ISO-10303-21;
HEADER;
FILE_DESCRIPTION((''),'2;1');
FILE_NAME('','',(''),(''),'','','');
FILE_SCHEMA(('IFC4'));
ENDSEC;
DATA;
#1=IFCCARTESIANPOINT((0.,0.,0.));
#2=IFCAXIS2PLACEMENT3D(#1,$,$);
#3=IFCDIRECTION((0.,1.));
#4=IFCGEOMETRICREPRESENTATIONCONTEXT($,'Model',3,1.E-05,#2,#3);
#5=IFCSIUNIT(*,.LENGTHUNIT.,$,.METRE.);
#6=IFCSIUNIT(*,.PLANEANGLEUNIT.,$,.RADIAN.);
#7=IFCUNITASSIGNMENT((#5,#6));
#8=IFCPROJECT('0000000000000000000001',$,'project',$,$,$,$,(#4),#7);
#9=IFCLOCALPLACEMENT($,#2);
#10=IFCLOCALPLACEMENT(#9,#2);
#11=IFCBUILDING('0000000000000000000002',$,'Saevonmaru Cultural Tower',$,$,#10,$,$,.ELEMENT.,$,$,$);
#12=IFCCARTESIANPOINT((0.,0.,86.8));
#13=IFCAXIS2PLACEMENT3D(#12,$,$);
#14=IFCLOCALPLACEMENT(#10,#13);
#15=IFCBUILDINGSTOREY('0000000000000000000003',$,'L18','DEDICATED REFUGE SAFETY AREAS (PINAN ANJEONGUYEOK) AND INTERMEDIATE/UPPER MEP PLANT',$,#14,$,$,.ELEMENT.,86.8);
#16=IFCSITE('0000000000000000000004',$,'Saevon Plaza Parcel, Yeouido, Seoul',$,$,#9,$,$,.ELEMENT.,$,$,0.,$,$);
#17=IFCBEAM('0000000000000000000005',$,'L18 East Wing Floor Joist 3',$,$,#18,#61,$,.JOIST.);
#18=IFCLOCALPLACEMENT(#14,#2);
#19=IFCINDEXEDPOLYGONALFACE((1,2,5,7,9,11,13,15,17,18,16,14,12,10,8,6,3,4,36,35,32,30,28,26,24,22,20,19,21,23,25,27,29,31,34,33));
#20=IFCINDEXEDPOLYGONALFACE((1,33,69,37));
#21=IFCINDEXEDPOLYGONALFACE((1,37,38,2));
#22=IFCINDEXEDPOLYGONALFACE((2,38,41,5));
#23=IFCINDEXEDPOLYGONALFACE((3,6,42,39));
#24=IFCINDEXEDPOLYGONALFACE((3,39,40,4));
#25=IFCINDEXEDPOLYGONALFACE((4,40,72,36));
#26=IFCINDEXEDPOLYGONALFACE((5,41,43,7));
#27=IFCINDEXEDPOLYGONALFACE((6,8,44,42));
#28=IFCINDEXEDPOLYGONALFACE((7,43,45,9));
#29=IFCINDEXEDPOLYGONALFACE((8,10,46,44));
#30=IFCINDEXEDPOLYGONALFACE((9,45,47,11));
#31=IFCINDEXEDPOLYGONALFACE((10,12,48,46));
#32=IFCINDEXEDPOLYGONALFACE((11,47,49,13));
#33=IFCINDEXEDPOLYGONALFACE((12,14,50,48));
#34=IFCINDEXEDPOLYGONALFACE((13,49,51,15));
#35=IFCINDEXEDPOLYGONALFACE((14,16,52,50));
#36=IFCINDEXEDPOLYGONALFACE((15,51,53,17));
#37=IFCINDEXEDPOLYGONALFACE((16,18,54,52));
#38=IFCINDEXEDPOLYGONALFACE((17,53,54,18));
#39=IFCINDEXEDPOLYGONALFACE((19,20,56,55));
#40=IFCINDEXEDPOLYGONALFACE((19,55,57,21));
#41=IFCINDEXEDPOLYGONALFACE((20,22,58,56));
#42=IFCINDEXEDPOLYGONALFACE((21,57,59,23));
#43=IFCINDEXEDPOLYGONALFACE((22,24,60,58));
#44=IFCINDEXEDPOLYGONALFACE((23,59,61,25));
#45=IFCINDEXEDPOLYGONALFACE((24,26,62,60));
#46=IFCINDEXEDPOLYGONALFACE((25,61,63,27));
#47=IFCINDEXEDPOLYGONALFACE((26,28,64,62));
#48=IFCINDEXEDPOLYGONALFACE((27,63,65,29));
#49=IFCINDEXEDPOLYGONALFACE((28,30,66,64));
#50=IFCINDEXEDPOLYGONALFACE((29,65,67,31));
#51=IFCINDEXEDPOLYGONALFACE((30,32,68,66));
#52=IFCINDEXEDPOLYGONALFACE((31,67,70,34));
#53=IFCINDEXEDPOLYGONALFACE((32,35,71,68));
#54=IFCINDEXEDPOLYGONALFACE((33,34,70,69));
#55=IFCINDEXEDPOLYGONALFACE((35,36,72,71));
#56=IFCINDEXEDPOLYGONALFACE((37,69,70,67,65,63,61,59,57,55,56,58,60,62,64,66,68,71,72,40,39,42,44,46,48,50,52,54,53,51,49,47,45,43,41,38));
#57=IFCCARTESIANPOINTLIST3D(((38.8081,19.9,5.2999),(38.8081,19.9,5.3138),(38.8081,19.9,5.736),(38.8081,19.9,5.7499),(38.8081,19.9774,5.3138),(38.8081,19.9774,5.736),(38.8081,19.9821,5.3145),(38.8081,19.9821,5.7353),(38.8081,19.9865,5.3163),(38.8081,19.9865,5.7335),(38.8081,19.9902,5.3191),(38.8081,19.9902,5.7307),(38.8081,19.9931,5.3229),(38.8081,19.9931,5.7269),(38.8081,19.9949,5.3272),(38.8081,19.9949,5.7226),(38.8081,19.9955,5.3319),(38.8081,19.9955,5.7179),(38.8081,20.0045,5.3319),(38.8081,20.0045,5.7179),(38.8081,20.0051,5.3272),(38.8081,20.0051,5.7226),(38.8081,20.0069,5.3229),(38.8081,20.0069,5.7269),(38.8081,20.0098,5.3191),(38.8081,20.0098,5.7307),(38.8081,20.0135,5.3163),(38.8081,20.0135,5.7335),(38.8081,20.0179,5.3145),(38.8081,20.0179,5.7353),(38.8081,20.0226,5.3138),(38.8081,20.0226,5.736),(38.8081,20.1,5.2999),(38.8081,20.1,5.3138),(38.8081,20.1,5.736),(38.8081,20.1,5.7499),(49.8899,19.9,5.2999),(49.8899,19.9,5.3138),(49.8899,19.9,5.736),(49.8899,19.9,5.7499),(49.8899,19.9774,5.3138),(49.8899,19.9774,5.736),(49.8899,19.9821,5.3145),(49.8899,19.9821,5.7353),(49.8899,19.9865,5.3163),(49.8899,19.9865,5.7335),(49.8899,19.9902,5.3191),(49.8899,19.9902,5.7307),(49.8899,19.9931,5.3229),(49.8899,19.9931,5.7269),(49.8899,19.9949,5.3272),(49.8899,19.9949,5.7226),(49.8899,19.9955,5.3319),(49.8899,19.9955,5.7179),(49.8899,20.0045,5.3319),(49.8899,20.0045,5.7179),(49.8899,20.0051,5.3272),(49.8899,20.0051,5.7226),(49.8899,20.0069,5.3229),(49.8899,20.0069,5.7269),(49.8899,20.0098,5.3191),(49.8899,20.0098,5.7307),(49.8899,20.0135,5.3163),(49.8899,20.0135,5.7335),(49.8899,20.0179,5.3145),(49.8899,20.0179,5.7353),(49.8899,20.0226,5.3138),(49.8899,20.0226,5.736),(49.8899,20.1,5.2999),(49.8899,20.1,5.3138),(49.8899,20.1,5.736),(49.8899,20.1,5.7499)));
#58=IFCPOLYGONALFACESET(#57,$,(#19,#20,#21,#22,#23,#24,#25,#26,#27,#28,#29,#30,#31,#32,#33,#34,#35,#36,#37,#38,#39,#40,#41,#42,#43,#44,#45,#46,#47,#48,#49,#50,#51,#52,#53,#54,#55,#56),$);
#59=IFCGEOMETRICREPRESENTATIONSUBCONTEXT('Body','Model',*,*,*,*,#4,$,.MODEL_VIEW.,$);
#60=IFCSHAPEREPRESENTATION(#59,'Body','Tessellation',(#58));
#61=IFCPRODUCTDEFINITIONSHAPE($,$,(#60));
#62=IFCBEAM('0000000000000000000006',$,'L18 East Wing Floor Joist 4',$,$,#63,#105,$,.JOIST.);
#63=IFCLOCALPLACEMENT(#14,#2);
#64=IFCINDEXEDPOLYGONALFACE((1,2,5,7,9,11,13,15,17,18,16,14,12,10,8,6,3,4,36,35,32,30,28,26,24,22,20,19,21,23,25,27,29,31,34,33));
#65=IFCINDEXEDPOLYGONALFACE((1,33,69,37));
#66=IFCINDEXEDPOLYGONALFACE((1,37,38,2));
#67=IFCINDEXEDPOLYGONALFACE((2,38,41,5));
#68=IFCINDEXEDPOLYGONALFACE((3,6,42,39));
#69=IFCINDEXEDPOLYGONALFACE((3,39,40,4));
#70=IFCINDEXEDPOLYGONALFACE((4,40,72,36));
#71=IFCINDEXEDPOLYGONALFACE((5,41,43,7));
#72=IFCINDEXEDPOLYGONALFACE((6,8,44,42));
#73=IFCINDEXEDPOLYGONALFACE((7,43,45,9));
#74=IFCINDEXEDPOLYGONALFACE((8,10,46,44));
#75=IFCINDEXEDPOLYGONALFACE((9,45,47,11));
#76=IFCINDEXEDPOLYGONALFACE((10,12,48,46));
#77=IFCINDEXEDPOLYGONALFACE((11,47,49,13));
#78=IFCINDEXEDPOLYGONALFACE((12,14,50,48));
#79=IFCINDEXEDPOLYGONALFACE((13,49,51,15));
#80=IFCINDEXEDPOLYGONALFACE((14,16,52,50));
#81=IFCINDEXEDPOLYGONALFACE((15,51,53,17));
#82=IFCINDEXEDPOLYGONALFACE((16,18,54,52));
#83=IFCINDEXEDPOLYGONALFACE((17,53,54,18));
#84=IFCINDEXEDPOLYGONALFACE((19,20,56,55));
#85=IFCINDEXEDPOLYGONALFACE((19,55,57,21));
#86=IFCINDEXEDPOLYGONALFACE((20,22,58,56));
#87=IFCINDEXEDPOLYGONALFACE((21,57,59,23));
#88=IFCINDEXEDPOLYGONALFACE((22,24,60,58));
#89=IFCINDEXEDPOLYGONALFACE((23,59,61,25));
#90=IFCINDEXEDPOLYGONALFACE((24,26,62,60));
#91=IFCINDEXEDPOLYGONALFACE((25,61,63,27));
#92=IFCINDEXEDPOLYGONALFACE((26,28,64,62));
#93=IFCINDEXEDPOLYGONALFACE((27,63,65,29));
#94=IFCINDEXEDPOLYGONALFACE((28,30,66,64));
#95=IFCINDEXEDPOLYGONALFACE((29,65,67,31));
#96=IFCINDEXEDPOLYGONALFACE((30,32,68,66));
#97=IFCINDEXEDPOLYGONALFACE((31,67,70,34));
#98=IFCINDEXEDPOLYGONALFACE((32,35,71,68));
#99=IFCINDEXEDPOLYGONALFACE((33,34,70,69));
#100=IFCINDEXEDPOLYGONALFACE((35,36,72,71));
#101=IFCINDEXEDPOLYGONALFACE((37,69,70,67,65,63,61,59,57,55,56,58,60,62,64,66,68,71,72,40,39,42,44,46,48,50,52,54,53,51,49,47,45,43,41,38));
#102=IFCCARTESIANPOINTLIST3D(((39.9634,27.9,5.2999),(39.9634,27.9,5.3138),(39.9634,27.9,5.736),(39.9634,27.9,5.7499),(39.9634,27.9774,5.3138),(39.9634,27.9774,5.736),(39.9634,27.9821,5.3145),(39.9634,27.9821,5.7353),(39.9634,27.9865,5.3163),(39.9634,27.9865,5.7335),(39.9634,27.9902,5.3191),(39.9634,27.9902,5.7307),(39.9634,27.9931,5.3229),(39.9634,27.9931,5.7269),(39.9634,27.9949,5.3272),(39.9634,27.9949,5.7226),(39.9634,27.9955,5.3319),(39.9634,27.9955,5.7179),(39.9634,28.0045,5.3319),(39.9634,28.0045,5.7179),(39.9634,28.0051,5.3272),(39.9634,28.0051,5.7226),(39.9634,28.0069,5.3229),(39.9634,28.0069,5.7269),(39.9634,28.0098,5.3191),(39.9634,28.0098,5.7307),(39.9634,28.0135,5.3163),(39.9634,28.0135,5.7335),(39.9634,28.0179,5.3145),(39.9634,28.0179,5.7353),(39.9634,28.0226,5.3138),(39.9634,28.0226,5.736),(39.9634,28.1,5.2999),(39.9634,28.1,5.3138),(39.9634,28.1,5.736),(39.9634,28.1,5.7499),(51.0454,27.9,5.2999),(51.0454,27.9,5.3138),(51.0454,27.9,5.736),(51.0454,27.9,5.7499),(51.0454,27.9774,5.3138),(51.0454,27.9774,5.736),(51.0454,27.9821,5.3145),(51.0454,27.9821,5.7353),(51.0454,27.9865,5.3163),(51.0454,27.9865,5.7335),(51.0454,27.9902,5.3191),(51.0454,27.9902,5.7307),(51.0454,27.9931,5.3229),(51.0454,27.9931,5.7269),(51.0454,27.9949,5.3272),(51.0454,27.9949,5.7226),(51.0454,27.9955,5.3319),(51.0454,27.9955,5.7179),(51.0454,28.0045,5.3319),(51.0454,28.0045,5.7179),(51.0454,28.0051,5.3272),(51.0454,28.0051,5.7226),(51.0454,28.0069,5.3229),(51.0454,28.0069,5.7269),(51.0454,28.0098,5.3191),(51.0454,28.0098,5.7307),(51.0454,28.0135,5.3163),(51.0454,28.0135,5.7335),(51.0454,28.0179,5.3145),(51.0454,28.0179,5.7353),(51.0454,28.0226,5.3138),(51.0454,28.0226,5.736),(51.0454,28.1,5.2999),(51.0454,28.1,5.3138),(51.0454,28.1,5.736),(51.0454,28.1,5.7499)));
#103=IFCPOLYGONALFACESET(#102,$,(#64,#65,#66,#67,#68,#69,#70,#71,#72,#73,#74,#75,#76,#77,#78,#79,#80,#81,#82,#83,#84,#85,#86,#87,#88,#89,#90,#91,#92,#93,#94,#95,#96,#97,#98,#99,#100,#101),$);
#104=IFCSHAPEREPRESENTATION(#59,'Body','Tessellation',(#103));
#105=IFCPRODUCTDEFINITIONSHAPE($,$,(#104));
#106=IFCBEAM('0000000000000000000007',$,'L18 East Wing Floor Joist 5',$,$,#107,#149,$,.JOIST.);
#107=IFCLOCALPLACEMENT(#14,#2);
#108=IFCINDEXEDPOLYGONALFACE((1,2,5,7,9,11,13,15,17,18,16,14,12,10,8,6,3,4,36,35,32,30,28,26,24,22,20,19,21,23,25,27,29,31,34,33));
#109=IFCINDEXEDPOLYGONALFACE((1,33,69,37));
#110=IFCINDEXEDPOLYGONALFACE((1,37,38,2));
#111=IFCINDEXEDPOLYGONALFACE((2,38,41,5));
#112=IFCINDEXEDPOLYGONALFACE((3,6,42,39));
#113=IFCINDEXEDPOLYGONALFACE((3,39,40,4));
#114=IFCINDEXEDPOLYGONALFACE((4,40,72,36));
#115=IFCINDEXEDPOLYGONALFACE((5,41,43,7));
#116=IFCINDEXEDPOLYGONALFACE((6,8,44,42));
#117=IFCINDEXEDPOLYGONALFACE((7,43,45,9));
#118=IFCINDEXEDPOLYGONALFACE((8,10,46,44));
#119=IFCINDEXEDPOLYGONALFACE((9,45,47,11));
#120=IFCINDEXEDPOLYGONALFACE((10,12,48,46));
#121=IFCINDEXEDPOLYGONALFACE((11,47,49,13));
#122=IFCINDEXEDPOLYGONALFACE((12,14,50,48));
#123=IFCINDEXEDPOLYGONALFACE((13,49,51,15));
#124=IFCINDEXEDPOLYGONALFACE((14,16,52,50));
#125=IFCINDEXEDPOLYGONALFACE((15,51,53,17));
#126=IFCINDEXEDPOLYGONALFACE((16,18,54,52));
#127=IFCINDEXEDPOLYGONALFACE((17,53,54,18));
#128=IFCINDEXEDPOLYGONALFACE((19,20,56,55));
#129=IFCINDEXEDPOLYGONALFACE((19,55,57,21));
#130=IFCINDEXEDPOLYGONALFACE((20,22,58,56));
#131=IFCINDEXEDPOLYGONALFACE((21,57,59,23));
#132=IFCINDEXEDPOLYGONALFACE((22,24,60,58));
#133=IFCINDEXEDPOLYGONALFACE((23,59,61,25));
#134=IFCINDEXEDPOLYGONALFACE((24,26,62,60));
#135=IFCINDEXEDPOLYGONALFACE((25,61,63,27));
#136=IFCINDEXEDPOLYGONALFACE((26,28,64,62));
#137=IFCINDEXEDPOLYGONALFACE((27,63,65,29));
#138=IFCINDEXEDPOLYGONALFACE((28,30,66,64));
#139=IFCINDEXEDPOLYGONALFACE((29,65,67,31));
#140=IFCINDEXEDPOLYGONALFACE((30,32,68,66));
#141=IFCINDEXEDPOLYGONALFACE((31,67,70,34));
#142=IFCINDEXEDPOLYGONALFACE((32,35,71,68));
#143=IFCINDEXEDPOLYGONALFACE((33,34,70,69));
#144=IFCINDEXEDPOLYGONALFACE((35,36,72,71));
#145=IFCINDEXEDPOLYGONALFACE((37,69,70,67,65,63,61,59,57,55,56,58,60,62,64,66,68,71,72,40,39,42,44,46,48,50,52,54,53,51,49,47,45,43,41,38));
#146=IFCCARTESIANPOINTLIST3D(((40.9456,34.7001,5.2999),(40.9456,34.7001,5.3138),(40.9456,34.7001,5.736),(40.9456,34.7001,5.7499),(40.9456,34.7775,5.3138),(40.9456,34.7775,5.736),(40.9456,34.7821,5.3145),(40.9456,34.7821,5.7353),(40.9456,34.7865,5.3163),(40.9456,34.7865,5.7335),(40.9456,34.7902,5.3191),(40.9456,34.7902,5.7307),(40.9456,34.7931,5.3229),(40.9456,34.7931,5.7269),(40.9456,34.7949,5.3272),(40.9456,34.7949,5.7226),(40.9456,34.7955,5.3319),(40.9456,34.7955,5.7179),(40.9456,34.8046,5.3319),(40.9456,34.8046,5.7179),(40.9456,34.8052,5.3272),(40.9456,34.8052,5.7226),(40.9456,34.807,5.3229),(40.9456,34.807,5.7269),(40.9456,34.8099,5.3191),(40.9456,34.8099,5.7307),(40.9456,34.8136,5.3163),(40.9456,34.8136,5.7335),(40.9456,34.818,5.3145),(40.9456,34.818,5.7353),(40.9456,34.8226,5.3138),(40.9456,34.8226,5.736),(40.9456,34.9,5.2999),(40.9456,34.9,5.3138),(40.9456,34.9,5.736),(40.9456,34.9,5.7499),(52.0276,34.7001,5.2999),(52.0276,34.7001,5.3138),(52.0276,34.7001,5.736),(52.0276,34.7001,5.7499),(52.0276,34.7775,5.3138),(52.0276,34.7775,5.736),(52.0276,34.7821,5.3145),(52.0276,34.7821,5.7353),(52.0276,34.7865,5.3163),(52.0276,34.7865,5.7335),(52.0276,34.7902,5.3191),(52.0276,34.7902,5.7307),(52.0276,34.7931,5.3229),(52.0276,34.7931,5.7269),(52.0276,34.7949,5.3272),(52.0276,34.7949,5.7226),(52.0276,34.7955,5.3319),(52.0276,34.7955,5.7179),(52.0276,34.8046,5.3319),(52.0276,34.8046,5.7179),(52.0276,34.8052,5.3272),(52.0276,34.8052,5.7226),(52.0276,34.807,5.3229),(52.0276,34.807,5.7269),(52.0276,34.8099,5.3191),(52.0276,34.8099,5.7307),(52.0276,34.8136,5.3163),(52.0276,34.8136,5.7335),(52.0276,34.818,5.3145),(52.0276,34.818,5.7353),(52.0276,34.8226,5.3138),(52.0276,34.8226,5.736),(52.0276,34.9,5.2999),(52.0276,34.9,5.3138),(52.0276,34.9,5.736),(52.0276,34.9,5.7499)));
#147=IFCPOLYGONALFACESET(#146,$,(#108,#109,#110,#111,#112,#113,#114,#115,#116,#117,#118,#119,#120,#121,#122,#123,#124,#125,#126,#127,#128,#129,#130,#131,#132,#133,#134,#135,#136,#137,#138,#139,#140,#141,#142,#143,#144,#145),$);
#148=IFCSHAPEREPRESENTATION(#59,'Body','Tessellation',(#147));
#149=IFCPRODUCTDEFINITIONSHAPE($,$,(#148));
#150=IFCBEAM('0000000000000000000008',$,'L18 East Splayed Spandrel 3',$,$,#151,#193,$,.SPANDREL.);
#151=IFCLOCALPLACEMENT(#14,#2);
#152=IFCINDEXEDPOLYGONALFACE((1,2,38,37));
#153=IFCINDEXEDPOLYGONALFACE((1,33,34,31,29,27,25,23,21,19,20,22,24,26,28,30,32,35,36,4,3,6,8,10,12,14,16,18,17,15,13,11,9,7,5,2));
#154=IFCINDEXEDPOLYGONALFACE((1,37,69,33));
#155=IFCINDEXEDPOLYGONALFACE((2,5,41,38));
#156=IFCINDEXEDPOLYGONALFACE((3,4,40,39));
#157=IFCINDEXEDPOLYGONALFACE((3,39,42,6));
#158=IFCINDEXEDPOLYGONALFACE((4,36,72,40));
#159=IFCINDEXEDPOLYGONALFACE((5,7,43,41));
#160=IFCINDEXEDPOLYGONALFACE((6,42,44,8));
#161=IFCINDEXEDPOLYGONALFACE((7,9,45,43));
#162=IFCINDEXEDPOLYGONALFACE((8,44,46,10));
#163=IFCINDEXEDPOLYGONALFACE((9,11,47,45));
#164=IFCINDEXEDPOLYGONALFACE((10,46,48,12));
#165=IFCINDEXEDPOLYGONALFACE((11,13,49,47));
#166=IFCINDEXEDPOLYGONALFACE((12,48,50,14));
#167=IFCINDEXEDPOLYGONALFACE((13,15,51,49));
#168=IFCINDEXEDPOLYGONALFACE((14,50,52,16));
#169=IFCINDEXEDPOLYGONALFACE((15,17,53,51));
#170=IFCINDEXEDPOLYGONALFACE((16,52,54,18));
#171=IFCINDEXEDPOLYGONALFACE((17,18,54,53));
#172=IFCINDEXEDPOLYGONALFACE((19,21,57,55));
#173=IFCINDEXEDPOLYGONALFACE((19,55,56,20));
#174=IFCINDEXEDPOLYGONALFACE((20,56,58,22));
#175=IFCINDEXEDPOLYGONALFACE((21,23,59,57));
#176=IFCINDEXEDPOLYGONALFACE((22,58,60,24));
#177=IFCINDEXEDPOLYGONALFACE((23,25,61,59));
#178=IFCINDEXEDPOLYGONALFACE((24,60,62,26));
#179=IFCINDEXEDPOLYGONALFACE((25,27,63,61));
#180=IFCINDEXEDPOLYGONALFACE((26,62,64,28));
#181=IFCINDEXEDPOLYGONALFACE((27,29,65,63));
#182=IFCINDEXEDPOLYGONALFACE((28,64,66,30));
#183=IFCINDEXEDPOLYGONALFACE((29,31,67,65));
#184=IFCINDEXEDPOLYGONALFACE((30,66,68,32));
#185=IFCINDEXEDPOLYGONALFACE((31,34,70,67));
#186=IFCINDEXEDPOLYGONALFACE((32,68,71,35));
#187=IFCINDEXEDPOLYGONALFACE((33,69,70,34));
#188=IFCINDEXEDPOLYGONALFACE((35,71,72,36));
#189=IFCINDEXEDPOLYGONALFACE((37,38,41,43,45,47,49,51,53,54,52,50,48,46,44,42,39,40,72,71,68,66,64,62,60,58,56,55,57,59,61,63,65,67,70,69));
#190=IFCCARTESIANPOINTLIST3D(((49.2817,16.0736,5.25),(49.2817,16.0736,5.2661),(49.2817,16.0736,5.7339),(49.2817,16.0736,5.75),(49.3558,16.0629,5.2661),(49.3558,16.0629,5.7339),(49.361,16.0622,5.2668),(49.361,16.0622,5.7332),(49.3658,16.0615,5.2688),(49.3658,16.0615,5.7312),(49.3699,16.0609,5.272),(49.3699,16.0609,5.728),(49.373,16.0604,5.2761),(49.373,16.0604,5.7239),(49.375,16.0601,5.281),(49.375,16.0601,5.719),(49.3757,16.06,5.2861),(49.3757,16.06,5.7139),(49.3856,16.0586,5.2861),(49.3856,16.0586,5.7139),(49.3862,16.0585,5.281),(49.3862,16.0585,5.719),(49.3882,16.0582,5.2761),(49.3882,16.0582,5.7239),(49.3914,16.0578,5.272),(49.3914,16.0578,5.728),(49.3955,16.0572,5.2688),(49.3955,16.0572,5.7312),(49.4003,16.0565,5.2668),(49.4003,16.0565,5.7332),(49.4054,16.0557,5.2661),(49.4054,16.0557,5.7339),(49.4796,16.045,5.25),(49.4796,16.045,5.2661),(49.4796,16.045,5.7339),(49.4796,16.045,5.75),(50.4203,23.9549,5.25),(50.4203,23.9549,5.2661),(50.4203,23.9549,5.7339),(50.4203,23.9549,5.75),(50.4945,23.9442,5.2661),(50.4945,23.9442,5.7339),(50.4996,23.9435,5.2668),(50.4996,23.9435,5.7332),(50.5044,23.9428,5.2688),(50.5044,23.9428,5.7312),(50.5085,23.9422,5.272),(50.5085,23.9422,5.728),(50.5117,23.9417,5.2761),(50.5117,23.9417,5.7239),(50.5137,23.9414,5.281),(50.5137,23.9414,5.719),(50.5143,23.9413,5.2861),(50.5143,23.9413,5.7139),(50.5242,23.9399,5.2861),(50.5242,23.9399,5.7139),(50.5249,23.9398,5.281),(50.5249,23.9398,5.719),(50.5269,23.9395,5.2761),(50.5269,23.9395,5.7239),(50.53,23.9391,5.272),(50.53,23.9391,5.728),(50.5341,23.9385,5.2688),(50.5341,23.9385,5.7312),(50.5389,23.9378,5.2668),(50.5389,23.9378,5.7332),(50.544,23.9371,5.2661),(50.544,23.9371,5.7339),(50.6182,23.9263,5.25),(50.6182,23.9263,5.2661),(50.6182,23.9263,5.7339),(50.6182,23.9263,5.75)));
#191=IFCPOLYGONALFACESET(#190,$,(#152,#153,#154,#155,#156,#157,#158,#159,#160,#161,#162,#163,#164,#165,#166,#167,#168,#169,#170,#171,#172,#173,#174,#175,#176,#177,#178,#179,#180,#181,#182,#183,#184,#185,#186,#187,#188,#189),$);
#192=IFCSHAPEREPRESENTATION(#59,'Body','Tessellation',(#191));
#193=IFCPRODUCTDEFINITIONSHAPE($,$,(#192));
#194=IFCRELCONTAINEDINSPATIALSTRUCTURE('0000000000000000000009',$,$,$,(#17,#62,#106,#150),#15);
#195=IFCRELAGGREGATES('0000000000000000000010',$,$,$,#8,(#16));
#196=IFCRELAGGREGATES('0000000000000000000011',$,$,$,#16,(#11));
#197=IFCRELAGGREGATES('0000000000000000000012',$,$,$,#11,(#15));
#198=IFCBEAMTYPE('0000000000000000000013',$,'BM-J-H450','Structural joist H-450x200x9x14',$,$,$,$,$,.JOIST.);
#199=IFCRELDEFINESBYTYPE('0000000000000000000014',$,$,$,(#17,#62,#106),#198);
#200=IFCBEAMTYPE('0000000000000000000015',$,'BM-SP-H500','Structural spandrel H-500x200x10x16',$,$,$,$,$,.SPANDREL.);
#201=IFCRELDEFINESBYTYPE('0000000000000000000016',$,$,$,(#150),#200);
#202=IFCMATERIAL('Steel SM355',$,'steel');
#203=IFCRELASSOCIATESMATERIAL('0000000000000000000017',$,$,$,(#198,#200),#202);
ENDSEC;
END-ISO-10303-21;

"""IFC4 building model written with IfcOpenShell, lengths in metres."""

from ifc_helpers import new_model, si_unit, direction, frame, origin, origin_2d, place, context, subcontext, project, spatial, i_section, extrude, material, material_profile, profile_set, type_object, element, save


model = new_model("IFC4")

# Units and contexts
model_context = context("Model", 3, precision=1e-05, world=origin(), true_north=direction((0.0, 1.0)))
body_context = subcontext(model_context, "Body", "Model", "MODEL_VIEW")
ifc_project = project(units=[si_unit("LENGTHUNIT", "METRE"), si_unit("PLANEANGLEUNIT", "RADIAN")], contexts=[model_context])

# Site, building, storey
site_placement = place(None, origin())
site = spatial("IfcSite", under=ifc_project, at=site_placement, Name="Saevon Plaza Parcel, Yeouido, Seoul", CompositionType="ELEMENT", RefElevation=0.0)
building_placement = place(site_placement, origin())
building = spatial("IfcBuilding", under=site, at=building_placement, Name="Saevonmaru Cultural Tower", CompositionType="ELEMENT")
storey_placement = place(building_placement, frame((0.0, 0.0, 86.8)))
storey = spatial("IfcBuildingStorey", under=building, at=storey_placement, Name="L18", Description="DEDICATED REFUGE SAFETY AREAS (PINAN ANJEONGUYEOK) AND INTERMEDIATE/UPPER MEP PLANT", CompositionType="ELEMENT", Elevation=86.8)

# Beams
ifc_material_1 = material(Name="Steel SM355", Category="steel")
ifc_material_profile_1 = material_profile(ifc_material_1, i_section(OverallWidth=0.2, OverallDepth=0.45, WebThickness=0.009, FlangeThickness=0.0139, FilletRadius=0.0181, at=origin_2d()), Name="H-450x200x9x14")
ifc_profile_set_1 = profile_set([ifc_material_profile_1], Name="Steel SM355")
beam_type_1 = type_object("IfcBeamType", Name="BM-J-H450", Description="Structural joist H-450x200x9x14", PredefinedType="JOIST", material=ifc_profile_set_1)
beam_1_placement = place(storey_placement, frame((38.8081, 20.0, 5.5249), z_axis=(1.0, 0.0, 0.0), x_axis=(0.0, 1.0, 0.0)))
element("IfcBeam", 1, at=beam_1_placement, inside=storey, type_object=beam_type_1, Name="L18 East Wing Floor Joist 3", PredefinedType="JOIST", context=body_context, shape_type="SweptSolid", body=[
    extrude(i_section(OverallWidth=0.2, OverallDepth=0.45, WebThickness=0.009, FlangeThickness=0.0139, FilletRadius=0.0181, at=origin_2d()), origin(), (0.0, 0.0, 1.0), 11.0818),
])
for number, where, z_axis, x_axis, name in (
    (2, (39.9634, 28.0, 5.5249), (1.0, 0.0, 0.0), (0.0, 1.0, 0.0), "L18 East Wing Floor Joist 4"),
    (3, (40.9456, 34.8, 5.5249), (1.0, 0.0, 0.0), (0.0, 1.0, 0.0), "L18 East Wing Floor Joist 5"),
):
    element("IfcBeam", number, at=place(storey_placement, frame(where, z_axis=z_axis, x_axis=x_axis)), inside=storey, type_object=beam_type_1, Name=name, PredefinedType="JOIST", context=body_context, shape_type="SweptSolid", body=[
        extrude(i_section(OverallWidth=0.2, OverallDepth=0.45, WebThickness=0.009, FlangeThickness=0.0139, FilletRadius=0.0181, at=origin_2d()), origin(), (0.0, 0.0, 1.0), 11.082),
    ])
ifc_material_profile_2 = material_profile(ifc_material_1, i_section(OverallWidth=0.2, OverallDepth=0.5, WebThickness=0.01, FlangeThickness=0.0161, FilletRadius=0.02, at=origin_2d()), Name="H-500x200x10x16")
ifc_profile_set_2 = profile_set([ifc_material_profile_2], Name="Steel SM355")
beam_type_2 = type_object("IfcBeamType", Name="BM-SP-H500", Description="Structural spandrel H-500x200x10x16", PredefinedType="SPANDREL", material=ifc_profile_set_2)
beam_2_placement = place(storey_placement, frame((49.3806, 16.0593, 5.5), z_axis=(0.142992, 0.989724, 0.0), x_axis=(-0.989724, 0.142992, 0.0)))
element("IfcBeam", 4, at=beam_2_placement, inside=storey, type_object=beam_type_2, Name="L18 East Splayed Spandrel 3", PredefinedType="SPANDREL", context=body_context, shape_type="SweptSolid", body=[
    extrude(i_section(OverallWidth=0.2, OverallDepth=0.5, WebThickness=0.01, FlangeThickness=0.0161, FilletRadius=0.02, at=origin_2d()), origin(), (0.0, 0.0, 1.0), 7.9631),
])

save(model, "model.ifc")
